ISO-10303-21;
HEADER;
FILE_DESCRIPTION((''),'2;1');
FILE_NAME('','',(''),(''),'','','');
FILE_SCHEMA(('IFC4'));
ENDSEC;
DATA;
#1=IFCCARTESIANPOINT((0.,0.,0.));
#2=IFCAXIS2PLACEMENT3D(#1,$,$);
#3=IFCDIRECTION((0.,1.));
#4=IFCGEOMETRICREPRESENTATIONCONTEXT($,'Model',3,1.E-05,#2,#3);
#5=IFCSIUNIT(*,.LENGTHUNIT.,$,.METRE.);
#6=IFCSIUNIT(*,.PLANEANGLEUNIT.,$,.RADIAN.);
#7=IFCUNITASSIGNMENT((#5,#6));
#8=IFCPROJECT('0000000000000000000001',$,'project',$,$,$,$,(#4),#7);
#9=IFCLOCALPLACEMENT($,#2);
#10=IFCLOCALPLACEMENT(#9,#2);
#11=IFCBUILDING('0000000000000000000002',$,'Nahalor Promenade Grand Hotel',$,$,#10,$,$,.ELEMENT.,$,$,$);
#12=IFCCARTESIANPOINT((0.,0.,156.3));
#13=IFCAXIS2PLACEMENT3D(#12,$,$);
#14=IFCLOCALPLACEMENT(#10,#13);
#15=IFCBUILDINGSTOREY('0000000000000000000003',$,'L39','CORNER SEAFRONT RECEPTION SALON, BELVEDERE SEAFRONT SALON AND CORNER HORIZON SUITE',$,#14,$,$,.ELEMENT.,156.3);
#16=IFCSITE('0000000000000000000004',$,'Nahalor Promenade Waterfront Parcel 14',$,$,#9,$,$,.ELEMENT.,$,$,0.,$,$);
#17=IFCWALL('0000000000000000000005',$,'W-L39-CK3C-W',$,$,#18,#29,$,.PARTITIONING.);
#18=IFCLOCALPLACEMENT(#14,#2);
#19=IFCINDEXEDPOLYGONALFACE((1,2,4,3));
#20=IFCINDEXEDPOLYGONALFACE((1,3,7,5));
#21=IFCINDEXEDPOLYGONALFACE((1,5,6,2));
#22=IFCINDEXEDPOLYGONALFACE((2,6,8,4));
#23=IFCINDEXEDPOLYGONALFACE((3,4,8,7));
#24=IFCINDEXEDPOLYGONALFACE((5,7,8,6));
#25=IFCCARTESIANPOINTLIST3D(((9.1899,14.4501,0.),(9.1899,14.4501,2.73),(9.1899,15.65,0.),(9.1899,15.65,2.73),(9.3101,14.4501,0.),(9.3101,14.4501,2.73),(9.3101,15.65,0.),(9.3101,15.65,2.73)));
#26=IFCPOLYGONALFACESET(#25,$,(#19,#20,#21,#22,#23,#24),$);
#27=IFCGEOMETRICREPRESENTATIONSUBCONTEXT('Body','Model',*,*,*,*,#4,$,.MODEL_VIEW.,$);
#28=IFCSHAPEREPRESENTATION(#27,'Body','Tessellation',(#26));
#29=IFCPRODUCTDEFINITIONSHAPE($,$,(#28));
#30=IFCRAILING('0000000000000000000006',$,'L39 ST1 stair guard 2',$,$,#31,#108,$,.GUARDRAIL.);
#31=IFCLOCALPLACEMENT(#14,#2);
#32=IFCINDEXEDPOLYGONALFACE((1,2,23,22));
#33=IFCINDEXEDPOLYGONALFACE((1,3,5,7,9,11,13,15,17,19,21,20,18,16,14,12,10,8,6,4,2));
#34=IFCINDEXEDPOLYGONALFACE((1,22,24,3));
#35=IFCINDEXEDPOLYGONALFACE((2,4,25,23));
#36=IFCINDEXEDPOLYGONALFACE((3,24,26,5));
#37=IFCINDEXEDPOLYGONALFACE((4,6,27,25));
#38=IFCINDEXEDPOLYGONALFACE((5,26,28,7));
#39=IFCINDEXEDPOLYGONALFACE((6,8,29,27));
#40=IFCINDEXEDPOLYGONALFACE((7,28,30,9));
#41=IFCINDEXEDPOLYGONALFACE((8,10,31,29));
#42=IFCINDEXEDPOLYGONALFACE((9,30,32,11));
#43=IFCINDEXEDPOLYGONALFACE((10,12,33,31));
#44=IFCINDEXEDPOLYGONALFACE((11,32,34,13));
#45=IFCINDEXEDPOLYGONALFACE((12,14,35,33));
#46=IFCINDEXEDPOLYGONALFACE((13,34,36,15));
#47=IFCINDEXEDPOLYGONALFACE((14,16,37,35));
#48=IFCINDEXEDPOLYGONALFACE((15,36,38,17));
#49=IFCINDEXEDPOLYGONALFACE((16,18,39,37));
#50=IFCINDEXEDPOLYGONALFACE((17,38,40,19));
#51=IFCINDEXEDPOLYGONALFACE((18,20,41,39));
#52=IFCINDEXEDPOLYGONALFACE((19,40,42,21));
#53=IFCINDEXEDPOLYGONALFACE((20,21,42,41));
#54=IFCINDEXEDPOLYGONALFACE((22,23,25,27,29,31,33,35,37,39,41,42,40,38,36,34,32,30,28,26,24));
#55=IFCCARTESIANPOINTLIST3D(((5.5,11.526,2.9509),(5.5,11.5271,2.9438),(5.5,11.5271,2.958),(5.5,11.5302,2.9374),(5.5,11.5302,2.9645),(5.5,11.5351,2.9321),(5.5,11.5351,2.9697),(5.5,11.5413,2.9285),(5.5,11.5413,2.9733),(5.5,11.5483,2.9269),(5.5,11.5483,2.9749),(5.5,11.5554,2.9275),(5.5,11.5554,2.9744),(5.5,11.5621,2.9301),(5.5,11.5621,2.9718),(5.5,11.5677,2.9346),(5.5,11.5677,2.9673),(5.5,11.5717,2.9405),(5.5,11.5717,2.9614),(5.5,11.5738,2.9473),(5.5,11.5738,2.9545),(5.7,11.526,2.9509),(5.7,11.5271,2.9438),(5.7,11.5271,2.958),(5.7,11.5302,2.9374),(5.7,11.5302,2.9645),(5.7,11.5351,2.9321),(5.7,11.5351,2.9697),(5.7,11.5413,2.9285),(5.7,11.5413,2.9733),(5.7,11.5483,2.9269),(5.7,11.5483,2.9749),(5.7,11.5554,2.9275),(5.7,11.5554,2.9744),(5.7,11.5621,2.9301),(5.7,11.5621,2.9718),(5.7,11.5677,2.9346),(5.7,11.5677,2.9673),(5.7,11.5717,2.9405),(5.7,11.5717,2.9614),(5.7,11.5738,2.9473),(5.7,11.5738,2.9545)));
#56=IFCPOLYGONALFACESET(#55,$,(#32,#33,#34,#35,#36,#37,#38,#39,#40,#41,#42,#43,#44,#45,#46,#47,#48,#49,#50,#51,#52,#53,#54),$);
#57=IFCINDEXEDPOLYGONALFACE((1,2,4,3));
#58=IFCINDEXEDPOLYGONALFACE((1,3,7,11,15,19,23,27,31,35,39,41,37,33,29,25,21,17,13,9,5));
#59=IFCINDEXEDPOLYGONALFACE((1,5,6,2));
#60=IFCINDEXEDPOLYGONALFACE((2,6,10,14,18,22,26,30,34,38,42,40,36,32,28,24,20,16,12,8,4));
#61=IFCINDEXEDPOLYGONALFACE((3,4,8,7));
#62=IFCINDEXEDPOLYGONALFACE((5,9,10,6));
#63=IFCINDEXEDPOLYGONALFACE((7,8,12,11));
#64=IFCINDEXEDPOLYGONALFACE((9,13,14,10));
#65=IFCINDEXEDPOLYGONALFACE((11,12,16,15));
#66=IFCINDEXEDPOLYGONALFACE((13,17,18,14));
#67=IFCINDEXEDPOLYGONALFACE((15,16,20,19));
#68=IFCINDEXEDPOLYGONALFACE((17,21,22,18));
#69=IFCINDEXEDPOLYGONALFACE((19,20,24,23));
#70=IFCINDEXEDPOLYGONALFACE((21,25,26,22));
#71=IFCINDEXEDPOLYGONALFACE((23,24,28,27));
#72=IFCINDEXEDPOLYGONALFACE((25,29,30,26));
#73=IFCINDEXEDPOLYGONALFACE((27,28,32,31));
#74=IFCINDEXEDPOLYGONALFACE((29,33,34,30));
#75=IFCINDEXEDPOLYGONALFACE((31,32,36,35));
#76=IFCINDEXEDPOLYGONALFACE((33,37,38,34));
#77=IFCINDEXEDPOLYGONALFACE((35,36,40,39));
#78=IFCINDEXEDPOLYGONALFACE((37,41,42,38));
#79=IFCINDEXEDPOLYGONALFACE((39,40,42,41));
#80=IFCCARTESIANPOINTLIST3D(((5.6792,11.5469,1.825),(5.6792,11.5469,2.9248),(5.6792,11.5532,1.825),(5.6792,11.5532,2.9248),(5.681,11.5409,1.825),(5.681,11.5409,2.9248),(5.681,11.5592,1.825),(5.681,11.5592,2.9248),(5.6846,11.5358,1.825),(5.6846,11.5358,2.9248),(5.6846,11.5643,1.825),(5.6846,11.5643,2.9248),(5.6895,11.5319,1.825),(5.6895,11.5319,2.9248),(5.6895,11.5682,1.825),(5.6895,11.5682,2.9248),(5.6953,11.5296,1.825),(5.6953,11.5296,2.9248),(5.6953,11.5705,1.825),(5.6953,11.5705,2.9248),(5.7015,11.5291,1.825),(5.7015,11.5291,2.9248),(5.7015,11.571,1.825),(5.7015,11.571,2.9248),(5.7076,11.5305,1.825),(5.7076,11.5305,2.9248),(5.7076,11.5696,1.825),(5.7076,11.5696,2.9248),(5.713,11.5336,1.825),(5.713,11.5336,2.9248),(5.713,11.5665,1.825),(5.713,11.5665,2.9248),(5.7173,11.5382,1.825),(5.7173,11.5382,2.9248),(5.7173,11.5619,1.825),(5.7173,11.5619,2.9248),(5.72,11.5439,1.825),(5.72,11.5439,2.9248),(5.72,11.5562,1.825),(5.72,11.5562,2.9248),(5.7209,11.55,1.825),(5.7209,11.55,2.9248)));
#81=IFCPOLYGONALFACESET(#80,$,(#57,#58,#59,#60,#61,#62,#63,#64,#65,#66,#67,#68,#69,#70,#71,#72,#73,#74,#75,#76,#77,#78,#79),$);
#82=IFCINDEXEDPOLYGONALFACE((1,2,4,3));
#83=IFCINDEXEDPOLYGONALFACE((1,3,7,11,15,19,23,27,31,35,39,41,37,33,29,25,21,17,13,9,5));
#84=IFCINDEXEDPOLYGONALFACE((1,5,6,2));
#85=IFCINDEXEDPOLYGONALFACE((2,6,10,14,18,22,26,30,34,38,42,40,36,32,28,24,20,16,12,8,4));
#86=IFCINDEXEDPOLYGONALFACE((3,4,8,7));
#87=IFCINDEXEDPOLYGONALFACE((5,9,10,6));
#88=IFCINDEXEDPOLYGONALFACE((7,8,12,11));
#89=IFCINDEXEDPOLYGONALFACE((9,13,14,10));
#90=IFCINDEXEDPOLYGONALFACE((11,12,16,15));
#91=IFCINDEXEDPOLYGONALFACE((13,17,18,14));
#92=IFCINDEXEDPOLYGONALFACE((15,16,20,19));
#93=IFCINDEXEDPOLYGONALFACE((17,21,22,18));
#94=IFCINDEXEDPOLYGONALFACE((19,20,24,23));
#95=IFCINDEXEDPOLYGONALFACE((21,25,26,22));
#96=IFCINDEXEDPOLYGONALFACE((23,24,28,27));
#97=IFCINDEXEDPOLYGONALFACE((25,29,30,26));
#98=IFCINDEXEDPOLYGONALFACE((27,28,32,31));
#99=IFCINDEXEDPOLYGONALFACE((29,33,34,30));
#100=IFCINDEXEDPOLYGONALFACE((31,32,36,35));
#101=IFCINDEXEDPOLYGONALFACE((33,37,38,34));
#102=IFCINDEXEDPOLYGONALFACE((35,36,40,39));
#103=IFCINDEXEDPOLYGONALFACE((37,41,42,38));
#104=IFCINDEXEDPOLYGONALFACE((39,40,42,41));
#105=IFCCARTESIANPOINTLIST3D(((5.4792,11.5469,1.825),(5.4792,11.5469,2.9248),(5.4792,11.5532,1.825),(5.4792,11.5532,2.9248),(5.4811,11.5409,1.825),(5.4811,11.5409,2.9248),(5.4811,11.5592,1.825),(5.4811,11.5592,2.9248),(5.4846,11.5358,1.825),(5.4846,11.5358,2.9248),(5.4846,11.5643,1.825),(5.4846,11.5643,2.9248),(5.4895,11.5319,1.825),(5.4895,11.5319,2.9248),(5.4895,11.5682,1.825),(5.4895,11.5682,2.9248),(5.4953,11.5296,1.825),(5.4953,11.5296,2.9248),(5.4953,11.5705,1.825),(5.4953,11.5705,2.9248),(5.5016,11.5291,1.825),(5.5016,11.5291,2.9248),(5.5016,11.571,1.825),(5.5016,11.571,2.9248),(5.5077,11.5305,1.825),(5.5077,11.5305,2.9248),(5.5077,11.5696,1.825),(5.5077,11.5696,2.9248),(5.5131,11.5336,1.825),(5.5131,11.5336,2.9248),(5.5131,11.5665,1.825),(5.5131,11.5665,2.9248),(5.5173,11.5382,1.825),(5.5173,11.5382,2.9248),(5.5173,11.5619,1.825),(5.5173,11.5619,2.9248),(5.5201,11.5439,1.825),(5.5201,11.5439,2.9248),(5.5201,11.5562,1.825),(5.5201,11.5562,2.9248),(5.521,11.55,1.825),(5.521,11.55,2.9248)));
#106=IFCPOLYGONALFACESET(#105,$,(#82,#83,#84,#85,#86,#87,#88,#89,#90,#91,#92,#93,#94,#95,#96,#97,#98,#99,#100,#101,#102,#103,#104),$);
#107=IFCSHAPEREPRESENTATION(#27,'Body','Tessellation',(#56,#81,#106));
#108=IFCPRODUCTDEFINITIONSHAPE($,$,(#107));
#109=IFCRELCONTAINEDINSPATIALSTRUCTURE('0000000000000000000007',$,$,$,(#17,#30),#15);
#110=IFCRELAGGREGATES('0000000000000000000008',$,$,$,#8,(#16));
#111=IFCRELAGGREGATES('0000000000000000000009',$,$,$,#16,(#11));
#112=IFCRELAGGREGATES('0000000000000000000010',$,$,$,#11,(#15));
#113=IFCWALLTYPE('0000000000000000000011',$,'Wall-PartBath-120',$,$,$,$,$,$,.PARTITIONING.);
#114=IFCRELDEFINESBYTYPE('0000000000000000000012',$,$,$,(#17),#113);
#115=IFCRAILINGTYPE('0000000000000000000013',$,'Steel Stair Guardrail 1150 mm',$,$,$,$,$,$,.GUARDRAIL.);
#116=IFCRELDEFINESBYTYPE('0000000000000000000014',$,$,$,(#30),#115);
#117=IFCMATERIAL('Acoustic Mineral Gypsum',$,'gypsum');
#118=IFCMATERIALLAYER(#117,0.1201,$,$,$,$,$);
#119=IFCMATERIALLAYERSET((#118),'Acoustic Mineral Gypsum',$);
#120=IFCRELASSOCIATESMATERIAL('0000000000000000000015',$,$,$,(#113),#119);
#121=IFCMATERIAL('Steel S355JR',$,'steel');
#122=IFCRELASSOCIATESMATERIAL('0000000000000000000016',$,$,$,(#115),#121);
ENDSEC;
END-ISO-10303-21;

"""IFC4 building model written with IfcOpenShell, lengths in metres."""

from ifc_helpers import new_model, si_unit, direction, frame, frame_2d, origin, origin_2d, place, context, subcontext, project, spatial, rectangle, circle, extrude, source, transform, mapped, material, layer, layer_set, type_object, element, save


model = new_model("IFC4")

# Units and contexts
model_context = context("Model", 3, precision=1e-05, world=origin(), true_north=direction((0.0, 1.0)))
body_context = subcontext(model_context, "Body", "Model", "MODEL_VIEW")
ifc_project = project(units=[si_unit("LENGTHUNIT", "METRE"), si_unit("PLANEANGLEUNIT", "RADIAN")], contexts=[model_context])

# Site, building, storey
site_placement = place(None, origin())
site = spatial("IfcSite", under=ifc_project, at=site_placement, Name="Nahalor Promenade Waterfront Parcel 14", CompositionType="ELEMENT", RefElevation=0.0)
building_placement = place(site_placement, origin())
building = spatial("IfcBuilding", under=site, at=building_placement, Name="Nahalor Promenade Grand Hotel", CompositionType="ELEMENT")
storey_placement = place(building_placement, frame((0.0, 0.0, 156.3)))
storey = spatial("IfcBuildingStorey", under=building, at=storey_placement, Name="L39", Description="CORNER SEAFRONT RECEPTION SALON, BELVEDERE SEAFRONT SALON AND CORNER HORIZON SUITE", CompositionType="ELEMENT", Elevation=156.3)

# Shared definitions
ifc_material_1 = material(Name="Steel S355JR", Category="steel")

# Wall
ifc_material_2 = material(Name="Acoustic Mineral Gypsum", Category="gypsum")
ifc_layer_1 = layer(ifc_material_2, 0.1201)
ifc_layer_set_1 = layer_set([ifc_layer_1], Name="Acoustic Mineral Gypsum")
wall_type_1 = type_object("IfcWallType", Name="Wall-PartBath-120", PredefinedType="PARTITIONING", material=ifc_layer_set_1)
shared_shape_1 = source(origin(), body_context, "Body", "SweptSolid", [
    extrude(rectangle(XDim=1.2, YDim=0.1201, at=frame_2d((0.6001, 0.0))), origin(), (0.0, 0.0, 1.0), 2.73),
])
wall_1_placement = place(storey_placement, frame((9.25, 14.45, 0.0), z_axis=(0.0, 0.0, 1.0), x_axis=(0.0, 1.0, 0.0)))
element("IfcWall", 1, at=wall_1_placement, inside=storey, type_object=wall_type_1, Name="W-L39-CK3C-W", PredefinedType="PARTITIONING", context=body_context, shape_type="MappedRepresentation", body=[
    mapped(shared_shape_1, transform((0.0, 0.0, 0.0), scale=1.0)),
])

# Railing
railing_type = type_object("IfcRailingType", Name="Steel Stair Guardrail 1150 mm", PredefinedType="GUARDRAIL", material=ifc_material_1)
railing_placement = place(storey_placement, frame((5.7, 11.55, 1.825)))
element("IfcRailing", 2, at=railing_placement, inside=storey, type_object=railing_type, Name="L39 ST1 stair guard 2", PredefinedType="GUARDRAIL", context=body_context, shape_type="SweptSolid", body=[
    extrude(circle(Radius=0.024, at=origin_2d()), frame((0.0, 0.0, 1.126), z_axis=(-1.0, 0.0, 0.0), x_axis=(0.0, -1.0, 0.0)), (0.0, 0.0, 1.0), 0.2),
    extrude(circle(Radius=0.021, at=origin_2d()), origin(), (0.0, 0.0, 1.0), 1.0999),
    extrude(circle(Radius=0.021, at=origin_2d()), frame((-0.2, 0.0, 0.0)), (0.0, 0.0, 1.0), 1.0999),
])

save(model, "model.ifc")
